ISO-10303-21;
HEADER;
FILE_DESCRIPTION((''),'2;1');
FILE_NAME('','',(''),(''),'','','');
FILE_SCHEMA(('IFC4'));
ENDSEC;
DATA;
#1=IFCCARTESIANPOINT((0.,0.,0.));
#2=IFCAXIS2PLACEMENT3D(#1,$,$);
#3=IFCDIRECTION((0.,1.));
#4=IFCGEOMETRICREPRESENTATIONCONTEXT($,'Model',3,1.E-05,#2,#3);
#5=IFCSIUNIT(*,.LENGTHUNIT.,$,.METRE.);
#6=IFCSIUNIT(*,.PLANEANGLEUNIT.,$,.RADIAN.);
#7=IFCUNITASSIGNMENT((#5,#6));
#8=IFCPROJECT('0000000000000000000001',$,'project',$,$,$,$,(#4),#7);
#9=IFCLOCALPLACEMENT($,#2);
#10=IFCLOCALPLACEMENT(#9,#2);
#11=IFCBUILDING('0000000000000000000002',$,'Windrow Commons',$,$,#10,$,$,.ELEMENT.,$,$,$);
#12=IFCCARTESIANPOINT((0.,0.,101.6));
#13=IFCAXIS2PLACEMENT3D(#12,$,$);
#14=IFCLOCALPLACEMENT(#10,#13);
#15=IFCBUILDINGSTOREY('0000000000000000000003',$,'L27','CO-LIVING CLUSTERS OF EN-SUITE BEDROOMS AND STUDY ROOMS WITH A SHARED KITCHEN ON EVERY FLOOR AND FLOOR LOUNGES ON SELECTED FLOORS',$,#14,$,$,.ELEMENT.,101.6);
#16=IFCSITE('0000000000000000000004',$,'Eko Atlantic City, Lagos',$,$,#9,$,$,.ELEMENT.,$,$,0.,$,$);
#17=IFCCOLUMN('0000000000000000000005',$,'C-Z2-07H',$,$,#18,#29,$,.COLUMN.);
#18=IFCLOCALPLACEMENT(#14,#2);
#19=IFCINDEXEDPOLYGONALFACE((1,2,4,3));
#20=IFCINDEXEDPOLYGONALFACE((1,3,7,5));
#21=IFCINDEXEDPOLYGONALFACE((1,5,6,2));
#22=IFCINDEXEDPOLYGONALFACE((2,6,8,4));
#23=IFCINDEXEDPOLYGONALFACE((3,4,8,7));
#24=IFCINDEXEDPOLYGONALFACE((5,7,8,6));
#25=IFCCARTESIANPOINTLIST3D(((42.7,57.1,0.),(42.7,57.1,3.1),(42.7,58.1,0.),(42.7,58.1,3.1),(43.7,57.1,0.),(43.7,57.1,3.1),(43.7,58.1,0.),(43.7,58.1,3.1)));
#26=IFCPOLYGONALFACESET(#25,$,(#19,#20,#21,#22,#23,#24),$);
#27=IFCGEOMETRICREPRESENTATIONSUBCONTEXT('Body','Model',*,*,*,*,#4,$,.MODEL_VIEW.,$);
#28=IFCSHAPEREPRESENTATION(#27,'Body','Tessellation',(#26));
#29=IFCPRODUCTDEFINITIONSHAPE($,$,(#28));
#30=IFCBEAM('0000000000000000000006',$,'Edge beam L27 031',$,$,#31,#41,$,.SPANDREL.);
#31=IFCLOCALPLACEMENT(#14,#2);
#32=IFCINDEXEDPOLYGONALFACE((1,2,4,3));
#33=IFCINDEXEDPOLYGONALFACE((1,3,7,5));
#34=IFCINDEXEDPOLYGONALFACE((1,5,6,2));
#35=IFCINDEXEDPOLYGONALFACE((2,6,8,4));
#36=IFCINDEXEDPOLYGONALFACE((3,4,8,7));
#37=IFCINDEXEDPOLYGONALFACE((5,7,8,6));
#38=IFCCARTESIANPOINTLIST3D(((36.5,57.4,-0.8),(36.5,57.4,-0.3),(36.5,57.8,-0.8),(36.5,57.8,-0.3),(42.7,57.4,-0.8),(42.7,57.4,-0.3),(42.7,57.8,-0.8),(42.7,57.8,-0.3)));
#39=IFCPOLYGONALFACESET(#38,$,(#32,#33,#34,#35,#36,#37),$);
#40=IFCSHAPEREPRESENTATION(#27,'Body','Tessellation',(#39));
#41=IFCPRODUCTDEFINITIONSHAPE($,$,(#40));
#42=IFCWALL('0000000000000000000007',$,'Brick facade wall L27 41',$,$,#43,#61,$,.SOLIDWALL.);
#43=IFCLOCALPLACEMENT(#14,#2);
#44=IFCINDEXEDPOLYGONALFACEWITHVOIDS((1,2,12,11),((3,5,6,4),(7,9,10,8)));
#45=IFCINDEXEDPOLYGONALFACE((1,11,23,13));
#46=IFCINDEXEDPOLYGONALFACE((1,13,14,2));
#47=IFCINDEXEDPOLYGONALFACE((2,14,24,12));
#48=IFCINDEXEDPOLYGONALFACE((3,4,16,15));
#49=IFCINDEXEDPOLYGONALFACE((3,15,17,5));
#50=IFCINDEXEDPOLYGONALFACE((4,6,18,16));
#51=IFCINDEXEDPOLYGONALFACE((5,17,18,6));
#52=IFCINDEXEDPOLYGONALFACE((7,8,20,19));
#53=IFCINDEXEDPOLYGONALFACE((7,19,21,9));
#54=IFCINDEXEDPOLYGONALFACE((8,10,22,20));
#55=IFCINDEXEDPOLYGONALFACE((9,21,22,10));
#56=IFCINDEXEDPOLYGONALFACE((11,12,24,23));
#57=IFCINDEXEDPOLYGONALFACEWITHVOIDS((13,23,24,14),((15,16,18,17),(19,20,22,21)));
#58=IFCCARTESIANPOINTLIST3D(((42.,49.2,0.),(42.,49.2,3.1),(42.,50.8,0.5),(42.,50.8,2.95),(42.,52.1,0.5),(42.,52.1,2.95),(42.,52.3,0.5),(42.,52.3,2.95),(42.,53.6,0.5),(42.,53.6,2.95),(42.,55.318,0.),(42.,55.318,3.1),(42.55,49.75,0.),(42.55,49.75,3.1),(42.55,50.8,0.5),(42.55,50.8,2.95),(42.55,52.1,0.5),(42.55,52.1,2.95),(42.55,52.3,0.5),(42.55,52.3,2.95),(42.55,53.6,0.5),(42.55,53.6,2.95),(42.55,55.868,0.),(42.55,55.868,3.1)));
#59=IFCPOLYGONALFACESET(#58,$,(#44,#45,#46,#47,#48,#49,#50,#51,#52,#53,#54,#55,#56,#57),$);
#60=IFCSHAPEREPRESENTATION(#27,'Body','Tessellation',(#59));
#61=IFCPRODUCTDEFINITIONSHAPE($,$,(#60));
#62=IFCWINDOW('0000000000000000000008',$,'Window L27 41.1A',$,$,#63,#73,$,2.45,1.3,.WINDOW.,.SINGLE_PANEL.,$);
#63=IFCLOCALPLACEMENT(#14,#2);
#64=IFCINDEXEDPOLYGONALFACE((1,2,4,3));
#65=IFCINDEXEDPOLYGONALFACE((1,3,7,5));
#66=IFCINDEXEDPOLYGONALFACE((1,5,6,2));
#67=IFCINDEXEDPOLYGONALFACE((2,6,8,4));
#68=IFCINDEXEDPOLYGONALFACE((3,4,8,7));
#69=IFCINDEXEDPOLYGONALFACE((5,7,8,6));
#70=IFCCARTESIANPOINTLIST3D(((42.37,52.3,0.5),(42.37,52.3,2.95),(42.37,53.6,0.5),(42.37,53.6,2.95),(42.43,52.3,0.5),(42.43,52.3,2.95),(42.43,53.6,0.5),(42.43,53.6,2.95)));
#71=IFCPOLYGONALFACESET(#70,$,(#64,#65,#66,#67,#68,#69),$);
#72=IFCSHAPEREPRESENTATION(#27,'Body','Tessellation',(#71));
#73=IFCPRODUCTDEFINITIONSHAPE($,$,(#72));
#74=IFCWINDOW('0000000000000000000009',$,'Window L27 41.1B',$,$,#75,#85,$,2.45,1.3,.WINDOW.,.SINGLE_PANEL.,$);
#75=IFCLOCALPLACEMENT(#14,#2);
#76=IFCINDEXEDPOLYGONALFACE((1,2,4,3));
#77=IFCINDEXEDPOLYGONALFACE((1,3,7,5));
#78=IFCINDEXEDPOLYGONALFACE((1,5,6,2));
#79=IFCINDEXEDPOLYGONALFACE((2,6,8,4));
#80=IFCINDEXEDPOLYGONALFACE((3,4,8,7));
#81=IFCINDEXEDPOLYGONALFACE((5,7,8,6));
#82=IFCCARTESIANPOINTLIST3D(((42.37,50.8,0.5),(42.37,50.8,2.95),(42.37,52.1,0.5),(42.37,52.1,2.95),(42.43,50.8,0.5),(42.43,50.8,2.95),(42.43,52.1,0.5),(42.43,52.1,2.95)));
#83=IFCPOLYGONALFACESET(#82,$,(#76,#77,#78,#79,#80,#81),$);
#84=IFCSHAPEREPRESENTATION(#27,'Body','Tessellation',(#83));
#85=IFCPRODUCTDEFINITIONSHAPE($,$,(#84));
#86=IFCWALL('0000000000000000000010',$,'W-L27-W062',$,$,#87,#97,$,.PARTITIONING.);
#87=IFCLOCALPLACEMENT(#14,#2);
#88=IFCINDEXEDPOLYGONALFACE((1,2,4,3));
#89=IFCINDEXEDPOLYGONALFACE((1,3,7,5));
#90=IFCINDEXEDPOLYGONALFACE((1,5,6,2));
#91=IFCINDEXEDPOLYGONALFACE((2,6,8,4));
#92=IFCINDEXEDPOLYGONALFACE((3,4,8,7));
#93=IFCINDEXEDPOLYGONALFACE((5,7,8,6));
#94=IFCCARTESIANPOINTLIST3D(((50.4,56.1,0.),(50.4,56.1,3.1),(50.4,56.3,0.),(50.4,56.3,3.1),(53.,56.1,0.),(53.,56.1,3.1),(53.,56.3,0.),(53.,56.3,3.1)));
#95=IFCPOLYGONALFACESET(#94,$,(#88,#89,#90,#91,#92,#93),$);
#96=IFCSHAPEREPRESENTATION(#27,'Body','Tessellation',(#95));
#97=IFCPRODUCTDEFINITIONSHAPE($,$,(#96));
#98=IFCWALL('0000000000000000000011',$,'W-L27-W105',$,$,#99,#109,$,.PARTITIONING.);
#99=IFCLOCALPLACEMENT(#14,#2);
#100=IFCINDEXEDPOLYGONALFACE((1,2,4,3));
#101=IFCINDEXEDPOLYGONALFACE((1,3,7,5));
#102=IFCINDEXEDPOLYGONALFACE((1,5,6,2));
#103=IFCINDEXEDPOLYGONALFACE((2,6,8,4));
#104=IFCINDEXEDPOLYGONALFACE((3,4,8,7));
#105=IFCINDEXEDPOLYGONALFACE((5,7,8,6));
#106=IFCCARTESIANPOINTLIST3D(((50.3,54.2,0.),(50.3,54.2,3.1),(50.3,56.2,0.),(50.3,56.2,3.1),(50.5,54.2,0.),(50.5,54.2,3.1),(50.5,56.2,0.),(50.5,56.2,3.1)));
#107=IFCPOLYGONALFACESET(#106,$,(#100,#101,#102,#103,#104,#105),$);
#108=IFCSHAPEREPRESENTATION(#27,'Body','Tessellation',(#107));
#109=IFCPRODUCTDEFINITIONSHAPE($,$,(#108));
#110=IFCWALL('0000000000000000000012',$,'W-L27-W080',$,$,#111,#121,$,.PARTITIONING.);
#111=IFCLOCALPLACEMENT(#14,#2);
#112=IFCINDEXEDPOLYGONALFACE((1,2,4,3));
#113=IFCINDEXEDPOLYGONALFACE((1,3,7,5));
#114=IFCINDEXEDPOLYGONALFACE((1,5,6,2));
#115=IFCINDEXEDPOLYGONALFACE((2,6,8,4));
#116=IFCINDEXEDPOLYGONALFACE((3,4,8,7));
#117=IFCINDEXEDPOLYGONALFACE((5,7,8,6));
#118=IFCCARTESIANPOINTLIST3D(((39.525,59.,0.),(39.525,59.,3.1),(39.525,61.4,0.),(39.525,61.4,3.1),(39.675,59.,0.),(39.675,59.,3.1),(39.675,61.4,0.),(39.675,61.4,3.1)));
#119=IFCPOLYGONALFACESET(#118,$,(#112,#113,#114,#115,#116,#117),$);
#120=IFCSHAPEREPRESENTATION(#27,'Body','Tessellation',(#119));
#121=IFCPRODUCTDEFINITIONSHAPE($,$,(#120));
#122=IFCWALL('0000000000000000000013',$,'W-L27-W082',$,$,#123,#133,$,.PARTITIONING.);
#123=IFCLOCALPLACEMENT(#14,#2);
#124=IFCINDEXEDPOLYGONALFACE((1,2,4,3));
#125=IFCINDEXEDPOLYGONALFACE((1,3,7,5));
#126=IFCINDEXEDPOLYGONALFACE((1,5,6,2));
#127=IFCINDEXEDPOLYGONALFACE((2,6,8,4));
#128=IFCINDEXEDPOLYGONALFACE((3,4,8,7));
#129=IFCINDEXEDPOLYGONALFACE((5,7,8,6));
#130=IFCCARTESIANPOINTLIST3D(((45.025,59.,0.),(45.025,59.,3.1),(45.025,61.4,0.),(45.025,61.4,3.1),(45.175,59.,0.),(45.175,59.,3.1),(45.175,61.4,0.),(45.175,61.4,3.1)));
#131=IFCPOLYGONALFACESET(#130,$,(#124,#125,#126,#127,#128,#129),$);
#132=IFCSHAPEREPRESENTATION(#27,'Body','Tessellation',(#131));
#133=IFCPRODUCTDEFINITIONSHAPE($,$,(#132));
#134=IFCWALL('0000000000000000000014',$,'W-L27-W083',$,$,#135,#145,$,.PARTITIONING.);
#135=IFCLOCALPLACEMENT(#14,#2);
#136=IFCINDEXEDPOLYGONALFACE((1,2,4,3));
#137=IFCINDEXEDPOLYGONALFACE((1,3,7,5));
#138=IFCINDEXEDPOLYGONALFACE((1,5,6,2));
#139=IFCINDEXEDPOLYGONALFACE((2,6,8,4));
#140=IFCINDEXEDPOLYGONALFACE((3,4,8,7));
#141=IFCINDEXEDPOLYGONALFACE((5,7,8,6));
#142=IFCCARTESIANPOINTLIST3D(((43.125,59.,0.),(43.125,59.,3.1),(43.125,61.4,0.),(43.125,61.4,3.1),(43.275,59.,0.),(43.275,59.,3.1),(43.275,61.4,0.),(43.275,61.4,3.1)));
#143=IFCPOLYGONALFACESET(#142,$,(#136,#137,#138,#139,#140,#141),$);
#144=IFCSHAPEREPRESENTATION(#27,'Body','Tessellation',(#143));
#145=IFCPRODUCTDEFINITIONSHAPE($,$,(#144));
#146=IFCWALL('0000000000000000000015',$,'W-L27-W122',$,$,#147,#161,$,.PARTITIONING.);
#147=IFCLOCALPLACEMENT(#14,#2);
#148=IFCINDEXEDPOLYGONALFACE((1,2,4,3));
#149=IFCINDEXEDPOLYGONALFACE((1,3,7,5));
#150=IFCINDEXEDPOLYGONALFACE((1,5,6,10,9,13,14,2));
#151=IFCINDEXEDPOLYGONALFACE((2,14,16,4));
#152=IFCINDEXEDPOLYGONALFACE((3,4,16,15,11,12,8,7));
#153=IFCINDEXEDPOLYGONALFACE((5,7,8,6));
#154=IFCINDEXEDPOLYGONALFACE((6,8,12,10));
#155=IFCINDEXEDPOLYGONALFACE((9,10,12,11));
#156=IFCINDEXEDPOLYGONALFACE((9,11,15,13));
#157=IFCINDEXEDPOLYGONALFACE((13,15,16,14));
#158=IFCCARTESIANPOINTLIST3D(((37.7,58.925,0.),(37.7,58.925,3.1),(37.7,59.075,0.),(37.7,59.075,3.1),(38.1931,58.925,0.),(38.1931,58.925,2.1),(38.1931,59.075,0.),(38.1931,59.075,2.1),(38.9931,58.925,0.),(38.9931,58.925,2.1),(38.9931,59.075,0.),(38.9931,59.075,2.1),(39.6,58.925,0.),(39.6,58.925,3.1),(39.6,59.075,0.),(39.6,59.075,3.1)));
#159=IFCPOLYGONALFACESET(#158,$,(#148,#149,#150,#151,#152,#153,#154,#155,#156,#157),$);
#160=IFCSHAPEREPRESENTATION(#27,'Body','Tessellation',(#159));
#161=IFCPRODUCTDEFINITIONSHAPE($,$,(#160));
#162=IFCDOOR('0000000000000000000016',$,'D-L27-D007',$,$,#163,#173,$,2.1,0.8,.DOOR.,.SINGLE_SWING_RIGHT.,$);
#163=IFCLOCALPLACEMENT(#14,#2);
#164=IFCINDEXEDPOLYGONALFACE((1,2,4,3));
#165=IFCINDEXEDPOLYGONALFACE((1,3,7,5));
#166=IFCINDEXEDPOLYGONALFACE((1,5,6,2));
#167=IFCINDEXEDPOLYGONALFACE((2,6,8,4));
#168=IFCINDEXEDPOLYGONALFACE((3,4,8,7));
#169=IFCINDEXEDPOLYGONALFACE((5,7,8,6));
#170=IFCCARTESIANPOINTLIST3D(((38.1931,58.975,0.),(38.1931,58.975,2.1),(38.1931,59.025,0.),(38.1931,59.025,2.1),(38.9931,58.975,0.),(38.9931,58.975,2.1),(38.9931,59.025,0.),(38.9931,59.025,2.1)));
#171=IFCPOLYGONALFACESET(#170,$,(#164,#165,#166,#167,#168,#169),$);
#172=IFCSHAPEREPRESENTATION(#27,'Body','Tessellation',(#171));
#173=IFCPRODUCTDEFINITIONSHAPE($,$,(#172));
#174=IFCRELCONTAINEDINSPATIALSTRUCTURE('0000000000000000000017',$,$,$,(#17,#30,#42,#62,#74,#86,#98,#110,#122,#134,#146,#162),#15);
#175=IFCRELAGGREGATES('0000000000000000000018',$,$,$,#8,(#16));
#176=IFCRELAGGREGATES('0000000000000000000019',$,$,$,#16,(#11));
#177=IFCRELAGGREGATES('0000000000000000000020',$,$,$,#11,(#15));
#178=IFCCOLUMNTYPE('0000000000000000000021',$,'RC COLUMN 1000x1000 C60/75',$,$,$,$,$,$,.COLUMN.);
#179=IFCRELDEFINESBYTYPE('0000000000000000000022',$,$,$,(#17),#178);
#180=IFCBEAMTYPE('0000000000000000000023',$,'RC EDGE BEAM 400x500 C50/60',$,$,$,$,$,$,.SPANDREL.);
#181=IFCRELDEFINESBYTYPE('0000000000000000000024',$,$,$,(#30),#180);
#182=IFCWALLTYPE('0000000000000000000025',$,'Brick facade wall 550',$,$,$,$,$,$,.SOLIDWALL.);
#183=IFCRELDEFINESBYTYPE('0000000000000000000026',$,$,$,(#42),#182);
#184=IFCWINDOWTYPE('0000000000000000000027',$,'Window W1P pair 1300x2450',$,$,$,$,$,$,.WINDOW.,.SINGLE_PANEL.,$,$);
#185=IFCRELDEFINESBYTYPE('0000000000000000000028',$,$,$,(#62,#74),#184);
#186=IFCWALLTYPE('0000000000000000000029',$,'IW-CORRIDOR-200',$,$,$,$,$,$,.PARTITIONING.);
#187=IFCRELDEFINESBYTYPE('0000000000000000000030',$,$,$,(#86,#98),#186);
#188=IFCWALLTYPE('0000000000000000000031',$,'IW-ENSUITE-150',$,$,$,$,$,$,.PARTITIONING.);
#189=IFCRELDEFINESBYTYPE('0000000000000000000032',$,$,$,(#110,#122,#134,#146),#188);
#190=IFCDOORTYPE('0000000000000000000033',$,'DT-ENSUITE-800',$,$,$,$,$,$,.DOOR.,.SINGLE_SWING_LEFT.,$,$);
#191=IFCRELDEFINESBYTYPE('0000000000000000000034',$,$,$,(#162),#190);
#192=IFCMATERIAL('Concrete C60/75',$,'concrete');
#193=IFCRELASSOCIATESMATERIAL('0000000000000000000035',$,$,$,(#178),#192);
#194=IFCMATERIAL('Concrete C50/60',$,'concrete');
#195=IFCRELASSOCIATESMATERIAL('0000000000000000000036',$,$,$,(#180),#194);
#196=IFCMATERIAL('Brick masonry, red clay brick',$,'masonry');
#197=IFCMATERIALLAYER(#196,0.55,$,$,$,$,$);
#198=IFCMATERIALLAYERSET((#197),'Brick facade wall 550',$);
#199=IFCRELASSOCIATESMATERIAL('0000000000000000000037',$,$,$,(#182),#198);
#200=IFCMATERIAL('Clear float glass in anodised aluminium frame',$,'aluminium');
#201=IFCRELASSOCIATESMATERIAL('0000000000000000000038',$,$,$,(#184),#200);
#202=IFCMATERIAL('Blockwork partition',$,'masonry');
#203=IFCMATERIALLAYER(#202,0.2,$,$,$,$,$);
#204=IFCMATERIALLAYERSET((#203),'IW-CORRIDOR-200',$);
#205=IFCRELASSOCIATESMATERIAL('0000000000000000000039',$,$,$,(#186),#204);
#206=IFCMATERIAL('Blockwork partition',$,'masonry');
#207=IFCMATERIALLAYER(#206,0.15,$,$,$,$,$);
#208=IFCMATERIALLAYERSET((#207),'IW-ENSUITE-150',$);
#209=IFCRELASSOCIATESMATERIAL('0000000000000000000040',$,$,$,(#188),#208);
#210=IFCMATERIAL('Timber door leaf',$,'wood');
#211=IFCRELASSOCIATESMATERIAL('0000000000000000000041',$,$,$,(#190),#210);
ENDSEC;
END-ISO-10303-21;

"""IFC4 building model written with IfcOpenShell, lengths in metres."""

from ifc_helpers import new_model, si_unit, direction, frame, frame_2d, origin, origin_2d, place, context, subcontext, project, spatial, polyline, rectangle, outline, extrude, material, layer, layer_set, material_profile, profile_set, type_object, element, fill, save


model = new_model("IFC4")

# Units and contexts
model_context = context("Model", 3, precision=1e-05, world=origin(), true_north=direction((0.0, 1.0)))
body_context = subcontext(model_context, "Body", "Model", "MODEL_VIEW")
ifc_project = project(units=[si_unit("LENGTHUNIT", "METRE"), si_unit("PLANEANGLEUNIT", "RADIAN")], contexts=[model_context])

# Site, building, storey
site_placement = place(None, origin())
site = spatial("IfcSite", under=ifc_project, at=site_placement, Name="Eko Atlantic City, Lagos", CompositionType="ELEMENT", RefElevation=0.0)
building_placement = place(site_placement, origin())
building = spatial("IfcBuilding", under=site, at=building_placement, Name="Windrow Commons", CompositionType="ELEMENT")
storey_placement = place(building_placement, frame((0.0, 0.0, 101.6)))
storey = spatial("IfcBuildingStorey", under=building, at=storey_placement, Name="L27", Description="CO-LIVING CLUSTERS OF EN-SUITE BEDROOMS AND STUDY ROOMS WITH A SHARED KITCHEN ON EVERY FLOOR AND FLOOR LOUNGES ON SELECTED FLOORS", CompositionType="ELEMENT", Elevation=101.6)

# Column
ifc_material_1 = material(Name="Concrete C60/75", Category="concrete")
ifc_material_profile_1 = material_profile(ifc_material_1, rectangle(XDim=1.0, YDim=1.0, at=origin_2d()))
ifc_profile_set_1 = profile_set([ifc_material_profile_1], Name="Concrete C60/75")
column_type = type_object("IfcColumnType", Name="RC COLUMN 1000x1000 C60/75", PredefinedType="COLUMN", material=ifc_profile_set_1)
column_placement = place(storey_placement, frame((43.2, 57.6, 0.0), z_axis=(0.0, 0.0, 1.0), x_axis=(1.0, 0.0, 0.0)))
element("IfcColumn", 1, at=column_placement, inside=storey, type_object=column_type, Name="C-Z2-07H", PredefinedType="COLUMN", context=body_context, shape_type="SweptSolid", body=[
    extrude(rectangle(XDim=1.0, YDim=1.0, at=origin_2d()), origin(), (0.0, 0.0, 1.0), 3.1),
])

# Beam
ifc_material_2 = material(Name="Concrete C50/60", Category="concrete")
ifc_material_profile_2 = material_profile(ifc_material_2, rectangle(XDim=0.4, YDim=0.5, at=origin_2d()))
ifc_profile_set_2 = profile_set([ifc_material_profile_2], Name="Concrete C50/60")
beam_type = type_object("IfcBeamType", Name="RC EDGE BEAM 400x500 C50/60", PredefinedType="SPANDREL", material=ifc_profile_set_2)
beam_placement = place(storey_placement, frame((42.7, 57.6, -0.55), z_axis=(-1.0, 0.0, 0.0), x_axis=(0.0, -1.0, 0.0)))
element("IfcBeam", 2, at=beam_placement, inside=storey, type_object=beam_type, Name="Edge beam L27 031", PredefinedType="SPANDREL", context=body_context, shape_type="SweptSolid", body=[
    extrude(rectangle(XDim=0.4, YDim=0.5, at=origin_2d()), origin(), (0.0, 0.0, 1.0), 6.2),
])

# Wall, openings, windows
ifc_material_3 = material(Name="Brick masonry, red clay brick", Category="masonry")
ifc_layer_1 = layer(ifc_material_3, 0.55)
ifc_layer_set_1 = layer_set([ifc_layer_1], Name="Brick facade wall 550")
wall_type_1 = type_object("IfcWallType", Name="Brick facade wall 550", PredefinedType="SOLIDWALL", material=ifc_layer_set_1)
wall_1_placement = place(storey_placement, frame((42.275, 55.593, 0.0), z_axis=(0.0, 0.0, 1.0), x_axis=(0.0, -1.0, 0.0)))
wall_1 = element("IfcWall", 3, at=wall_1_placement, inside=storey, type_object=wall_type_1, Name="Brick facade wall L27 41", PredefinedType="SOLIDWALL", context=body_context, shape_type="SweptSolid", body=[
    extrude(outline(polyline([(0.275, -0.275), (6.393, -0.275), (5.843, 0.275), (-0.275, 0.275), (0.275, -0.275)])), origin(), (0.0, 0.0, 1.0), 3.1),
])
opening_1_placement = place(wall_1_placement, frame((1.993, 0.0, 0.5)))
opening_1 = element("IfcOpeningElement", 4, at=opening_1_placement, cuts=wall_1, PredefinedType="OPENING", context=body_context, shape_type="SweptSolid", body=[
    extrude(rectangle(XDim=1.3, YDim=2.45, at=frame_2d((0.65, 1.225))), frame((0.0, 0.285, 0.0), z_axis=(0.0, -1.0, 0.0), x_axis=(1.0, 0.0, 0.0)), (0.0, 0.0, 1.0), 0.57),
])
opening_2_placement = place(wall_1_placement, frame((3.493, 0.0, 0.5)))
opening_2 = element("IfcOpeningElement", 5, at=opening_2_placement, cuts=wall_1, PredefinedType="OPENING", context=body_context, shape_type="SweptSolid", body=[
    extrude(rectangle(XDim=1.3, YDim=2.45, at=frame_2d((0.65, 1.225))), frame((0.0, 0.285, 0.0), z_axis=(0.0, -1.0, 0.0), x_axis=(1.0, 0.0, 0.0)), (0.0, 0.0, 1.0), 0.57),
])
ifc_material_4 = material(Name="Clear float glass in anodised aluminium frame", Category="aluminium")
window_type = type_object("IfcWindowType", Name="Window W1P pair 1300x2450", PartitioningType="SINGLE_PANEL", PredefinedType="WINDOW", material=ifc_material_4)
window_1_placement = place(opening_1_placement, origin())
window_1 = element("IfcWindow", 6, at=window_1_placement, inside=storey, type_object=window_type, Name="Window L27 41.1A", OverallHeight=2.45, OverallWidth=1.3, PartitioningType="SINGLE_PANEL", PredefinedType="WINDOW", context=body_context, shape_type="SweptSolid", body=[
    extrude(rectangle(XDim=1.3, YDim=2.45, at=frame_2d((0.65, 1.225))), frame((0.0, 0.155, 0.0), z_axis=(0.0, -1.0, 0.0), x_axis=(1.0, 0.0, 0.0)), (0.0, 0.0, 1.0), 0.06),
])
fill(opening_1, window_1)
window_2_placement = place(opening_2_placement, origin())
window_2 = element("IfcWindow", 7, at=window_2_placement, inside=storey, type_object=window_type, Name="Window L27 41.1B", OverallHeight=2.45, OverallWidth=1.3, PartitioningType="SINGLE_PANEL", PredefinedType="WINDOW", context=body_context, shape_type="SweptSolid", body=[
    extrude(rectangle(XDim=1.3, YDim=2.45, at=frame_2d((0.65, 1.225))), frame((0.0, 0.155, 0.0), z_axis=(0.0, -1.0, 0.0), x_axis=(1.0, 0.0, 0.0)), (0.0, 0.0, 1.0), 0.06),
])
fill(opening_2, window_2)

# Walls
ifc_material_5 = material(Name="Blockwork partition", Category="masonry")
ifc_layer_2 = layer(ifc_material_5, 0.2)
ifc_layer_set_2 = layer_set([ifc_layer_2], Name="IW-CORRIDOR-200")
wall_type_2 = type_object("IfcWallType", Name="IW-CORRIDOR-200", PredefinedType="PARTITIONING", material=ifc_layer_set_2)
wall_2_placement = place(storey_placement, frame((50.4, 56.2, 0.0), z_axis=(0.0, 0.0, 1.0), x_axis=(1.0, 0.0, 0.0)))
element("IfcWall", 8, at=wall_2_placement, inside=storey, type_object=wall_type_2, Name="W-L27-W062", PredefinedType="PARTITIONING", context=body_context, shape_type="SweptSolid", body=[
    extrude(rectangle(XDim=2.6, YDim=0.2, at=frame_2d((1.3, 0.0))), origin(), (0.0, 0.0, 1.0), 3.1),
])
wall_3_placement = place(storey_placement, frame((50.4, 54.2, 0.0), z_axis=(0.0, 0.0, 1.0), x_axis=(0.0, 1.0, 0.0)))
element("IfcWall", 9, at=wall_3_placement, inside=storey, type_object=wall_type_2, Name="W-L27-W105", PredefinedType="PARTITIONING", context=body_context, shape_type="SweptSolid", body=[
    extrude(rectangle(XDim=2.0, YDim=0.2, at=frame_2d((1.0, 0.0))), origin(), (0.0, 0.0, 1.0), 3.1),
])
ifc_material_6 = material(Name="Blockwork partition", Category="masonry")
ifc_layer_3 = layer(ifc_material_6, 0.15)
ifc_layer_set_3 = layer_set([ifc_layer_3], Name="IW-ENSUITE-150")
wall_type_3 = type_object("IfcWallType", Name="IW-ENSUITE-150", PredefinedType="PARTITIONING", material=ifc_layer_set_3)
for number, where, z_axis, x_axis, name in (
    (10, (39.6, 59.0, 0.0), (0.0, 0.0, 1.0), (0.0, 1.0, 0.0), "W-L27-W080"),
    (11, (45.1, 59.0, 0.0), (0.0, 0.0, 1.0), (0.0, 1.0, 0.0), "W-L27-W082"),
    (12, (43.2, 59.0, 0.0), (0.0, 0.0, 1.0), (0.0, 1.0, 0.0), "W-L27-W083"),
):
    element("IfcWall", number, at=place(storey_placement, frame(where, z_axis=z_axis, x_axis=x_axis)), inside=storey, type_object=wall_type_3, Name=name, PredefinedType="PARTITIONING", context=body_context, shape_type="SweptSolid", body=[
        extrude(rectangle(XDim=2.4, YDim=0.15, at=frame_2d((1.2, 0.0))), origin(), (0.0, 0.0, 1.0), 3.1),
    ])

# Wall, opening, door
wall_4_placement = place(storey_placement, frame((37.7, 59.0, 0.0), z_axis=(0.0, 0.0, 1.0), x_axis=(1.0, 0.0, 0.0)))
wall_4 = element("IfcWall", 13, at=wall_4_placement, inside=storey, type_object=wall_type_3, Name="W-L27-W122", PredefinedType="PARTITIONING", context=body_context, shape_type="SweptSolid", body=[
    extrude(rectangle(XDim=1.9, YDim=0.15, at=frame_2d((0.95, 0.0))), origin(), (0.0, 0.0, 1.0), 3.1),
])
opening_3_placement = place(wall_4_placement, frame((0.4931, 0.0, 0.0)))
opening_3 = element("IfcOpeningElement", 14, at=opening_3_placement, cuts=wall_4, PredefinedType="OPENING", context=body_context, shape_type="SweptSolid", body=[
    extrude(rectangle(XDim=0.8, YDim=2.1, at=frame_2d((0.4, 1.05))), frame((0.0, 0.085, 0.0), z_axis=(0.0, -1.0, 0.0), x_axis=(1.0, 0.0, 0.0)), (0.0, 0.0, 1.0), 0.17),
])
ifc_material_7 = material(Name="Timber door leaf", Category="wood")
door_type = type_object("IfcDoorType", Name="DT-ENSUITE-800", OperationType="SINGLE_SWING_LEFT", PredefinedType="DOOR", material=ifc_material_7)
door_1_placement = place(opening_3_placement, origin())
door_1 = element("IfcDoor", 15, at=door_1_placement, inside=storey, type_object=door_type, Name="D-L27-D007", OperationType="SINGLE_SWING_RIGHT", OverallHeight=2.1, OverallWidth=0.8, PredefinedType="DOOR", context=body_context, shape_type="SweptSolid", body=[
    extrude(rectangle(XDim=0.8, YDim=2.1, at=frame_2d((0.4, 1.05))), frame((0.0, 0.025, 0.0), z_axis=(0.0, -1.0, 0.0), x_axis=(1.0, 0.0, 0.0)), (0.0, 0.0, 1.0), 0.05),
])
fill(opening_3, door_1)

save(model, "model.ifc")
